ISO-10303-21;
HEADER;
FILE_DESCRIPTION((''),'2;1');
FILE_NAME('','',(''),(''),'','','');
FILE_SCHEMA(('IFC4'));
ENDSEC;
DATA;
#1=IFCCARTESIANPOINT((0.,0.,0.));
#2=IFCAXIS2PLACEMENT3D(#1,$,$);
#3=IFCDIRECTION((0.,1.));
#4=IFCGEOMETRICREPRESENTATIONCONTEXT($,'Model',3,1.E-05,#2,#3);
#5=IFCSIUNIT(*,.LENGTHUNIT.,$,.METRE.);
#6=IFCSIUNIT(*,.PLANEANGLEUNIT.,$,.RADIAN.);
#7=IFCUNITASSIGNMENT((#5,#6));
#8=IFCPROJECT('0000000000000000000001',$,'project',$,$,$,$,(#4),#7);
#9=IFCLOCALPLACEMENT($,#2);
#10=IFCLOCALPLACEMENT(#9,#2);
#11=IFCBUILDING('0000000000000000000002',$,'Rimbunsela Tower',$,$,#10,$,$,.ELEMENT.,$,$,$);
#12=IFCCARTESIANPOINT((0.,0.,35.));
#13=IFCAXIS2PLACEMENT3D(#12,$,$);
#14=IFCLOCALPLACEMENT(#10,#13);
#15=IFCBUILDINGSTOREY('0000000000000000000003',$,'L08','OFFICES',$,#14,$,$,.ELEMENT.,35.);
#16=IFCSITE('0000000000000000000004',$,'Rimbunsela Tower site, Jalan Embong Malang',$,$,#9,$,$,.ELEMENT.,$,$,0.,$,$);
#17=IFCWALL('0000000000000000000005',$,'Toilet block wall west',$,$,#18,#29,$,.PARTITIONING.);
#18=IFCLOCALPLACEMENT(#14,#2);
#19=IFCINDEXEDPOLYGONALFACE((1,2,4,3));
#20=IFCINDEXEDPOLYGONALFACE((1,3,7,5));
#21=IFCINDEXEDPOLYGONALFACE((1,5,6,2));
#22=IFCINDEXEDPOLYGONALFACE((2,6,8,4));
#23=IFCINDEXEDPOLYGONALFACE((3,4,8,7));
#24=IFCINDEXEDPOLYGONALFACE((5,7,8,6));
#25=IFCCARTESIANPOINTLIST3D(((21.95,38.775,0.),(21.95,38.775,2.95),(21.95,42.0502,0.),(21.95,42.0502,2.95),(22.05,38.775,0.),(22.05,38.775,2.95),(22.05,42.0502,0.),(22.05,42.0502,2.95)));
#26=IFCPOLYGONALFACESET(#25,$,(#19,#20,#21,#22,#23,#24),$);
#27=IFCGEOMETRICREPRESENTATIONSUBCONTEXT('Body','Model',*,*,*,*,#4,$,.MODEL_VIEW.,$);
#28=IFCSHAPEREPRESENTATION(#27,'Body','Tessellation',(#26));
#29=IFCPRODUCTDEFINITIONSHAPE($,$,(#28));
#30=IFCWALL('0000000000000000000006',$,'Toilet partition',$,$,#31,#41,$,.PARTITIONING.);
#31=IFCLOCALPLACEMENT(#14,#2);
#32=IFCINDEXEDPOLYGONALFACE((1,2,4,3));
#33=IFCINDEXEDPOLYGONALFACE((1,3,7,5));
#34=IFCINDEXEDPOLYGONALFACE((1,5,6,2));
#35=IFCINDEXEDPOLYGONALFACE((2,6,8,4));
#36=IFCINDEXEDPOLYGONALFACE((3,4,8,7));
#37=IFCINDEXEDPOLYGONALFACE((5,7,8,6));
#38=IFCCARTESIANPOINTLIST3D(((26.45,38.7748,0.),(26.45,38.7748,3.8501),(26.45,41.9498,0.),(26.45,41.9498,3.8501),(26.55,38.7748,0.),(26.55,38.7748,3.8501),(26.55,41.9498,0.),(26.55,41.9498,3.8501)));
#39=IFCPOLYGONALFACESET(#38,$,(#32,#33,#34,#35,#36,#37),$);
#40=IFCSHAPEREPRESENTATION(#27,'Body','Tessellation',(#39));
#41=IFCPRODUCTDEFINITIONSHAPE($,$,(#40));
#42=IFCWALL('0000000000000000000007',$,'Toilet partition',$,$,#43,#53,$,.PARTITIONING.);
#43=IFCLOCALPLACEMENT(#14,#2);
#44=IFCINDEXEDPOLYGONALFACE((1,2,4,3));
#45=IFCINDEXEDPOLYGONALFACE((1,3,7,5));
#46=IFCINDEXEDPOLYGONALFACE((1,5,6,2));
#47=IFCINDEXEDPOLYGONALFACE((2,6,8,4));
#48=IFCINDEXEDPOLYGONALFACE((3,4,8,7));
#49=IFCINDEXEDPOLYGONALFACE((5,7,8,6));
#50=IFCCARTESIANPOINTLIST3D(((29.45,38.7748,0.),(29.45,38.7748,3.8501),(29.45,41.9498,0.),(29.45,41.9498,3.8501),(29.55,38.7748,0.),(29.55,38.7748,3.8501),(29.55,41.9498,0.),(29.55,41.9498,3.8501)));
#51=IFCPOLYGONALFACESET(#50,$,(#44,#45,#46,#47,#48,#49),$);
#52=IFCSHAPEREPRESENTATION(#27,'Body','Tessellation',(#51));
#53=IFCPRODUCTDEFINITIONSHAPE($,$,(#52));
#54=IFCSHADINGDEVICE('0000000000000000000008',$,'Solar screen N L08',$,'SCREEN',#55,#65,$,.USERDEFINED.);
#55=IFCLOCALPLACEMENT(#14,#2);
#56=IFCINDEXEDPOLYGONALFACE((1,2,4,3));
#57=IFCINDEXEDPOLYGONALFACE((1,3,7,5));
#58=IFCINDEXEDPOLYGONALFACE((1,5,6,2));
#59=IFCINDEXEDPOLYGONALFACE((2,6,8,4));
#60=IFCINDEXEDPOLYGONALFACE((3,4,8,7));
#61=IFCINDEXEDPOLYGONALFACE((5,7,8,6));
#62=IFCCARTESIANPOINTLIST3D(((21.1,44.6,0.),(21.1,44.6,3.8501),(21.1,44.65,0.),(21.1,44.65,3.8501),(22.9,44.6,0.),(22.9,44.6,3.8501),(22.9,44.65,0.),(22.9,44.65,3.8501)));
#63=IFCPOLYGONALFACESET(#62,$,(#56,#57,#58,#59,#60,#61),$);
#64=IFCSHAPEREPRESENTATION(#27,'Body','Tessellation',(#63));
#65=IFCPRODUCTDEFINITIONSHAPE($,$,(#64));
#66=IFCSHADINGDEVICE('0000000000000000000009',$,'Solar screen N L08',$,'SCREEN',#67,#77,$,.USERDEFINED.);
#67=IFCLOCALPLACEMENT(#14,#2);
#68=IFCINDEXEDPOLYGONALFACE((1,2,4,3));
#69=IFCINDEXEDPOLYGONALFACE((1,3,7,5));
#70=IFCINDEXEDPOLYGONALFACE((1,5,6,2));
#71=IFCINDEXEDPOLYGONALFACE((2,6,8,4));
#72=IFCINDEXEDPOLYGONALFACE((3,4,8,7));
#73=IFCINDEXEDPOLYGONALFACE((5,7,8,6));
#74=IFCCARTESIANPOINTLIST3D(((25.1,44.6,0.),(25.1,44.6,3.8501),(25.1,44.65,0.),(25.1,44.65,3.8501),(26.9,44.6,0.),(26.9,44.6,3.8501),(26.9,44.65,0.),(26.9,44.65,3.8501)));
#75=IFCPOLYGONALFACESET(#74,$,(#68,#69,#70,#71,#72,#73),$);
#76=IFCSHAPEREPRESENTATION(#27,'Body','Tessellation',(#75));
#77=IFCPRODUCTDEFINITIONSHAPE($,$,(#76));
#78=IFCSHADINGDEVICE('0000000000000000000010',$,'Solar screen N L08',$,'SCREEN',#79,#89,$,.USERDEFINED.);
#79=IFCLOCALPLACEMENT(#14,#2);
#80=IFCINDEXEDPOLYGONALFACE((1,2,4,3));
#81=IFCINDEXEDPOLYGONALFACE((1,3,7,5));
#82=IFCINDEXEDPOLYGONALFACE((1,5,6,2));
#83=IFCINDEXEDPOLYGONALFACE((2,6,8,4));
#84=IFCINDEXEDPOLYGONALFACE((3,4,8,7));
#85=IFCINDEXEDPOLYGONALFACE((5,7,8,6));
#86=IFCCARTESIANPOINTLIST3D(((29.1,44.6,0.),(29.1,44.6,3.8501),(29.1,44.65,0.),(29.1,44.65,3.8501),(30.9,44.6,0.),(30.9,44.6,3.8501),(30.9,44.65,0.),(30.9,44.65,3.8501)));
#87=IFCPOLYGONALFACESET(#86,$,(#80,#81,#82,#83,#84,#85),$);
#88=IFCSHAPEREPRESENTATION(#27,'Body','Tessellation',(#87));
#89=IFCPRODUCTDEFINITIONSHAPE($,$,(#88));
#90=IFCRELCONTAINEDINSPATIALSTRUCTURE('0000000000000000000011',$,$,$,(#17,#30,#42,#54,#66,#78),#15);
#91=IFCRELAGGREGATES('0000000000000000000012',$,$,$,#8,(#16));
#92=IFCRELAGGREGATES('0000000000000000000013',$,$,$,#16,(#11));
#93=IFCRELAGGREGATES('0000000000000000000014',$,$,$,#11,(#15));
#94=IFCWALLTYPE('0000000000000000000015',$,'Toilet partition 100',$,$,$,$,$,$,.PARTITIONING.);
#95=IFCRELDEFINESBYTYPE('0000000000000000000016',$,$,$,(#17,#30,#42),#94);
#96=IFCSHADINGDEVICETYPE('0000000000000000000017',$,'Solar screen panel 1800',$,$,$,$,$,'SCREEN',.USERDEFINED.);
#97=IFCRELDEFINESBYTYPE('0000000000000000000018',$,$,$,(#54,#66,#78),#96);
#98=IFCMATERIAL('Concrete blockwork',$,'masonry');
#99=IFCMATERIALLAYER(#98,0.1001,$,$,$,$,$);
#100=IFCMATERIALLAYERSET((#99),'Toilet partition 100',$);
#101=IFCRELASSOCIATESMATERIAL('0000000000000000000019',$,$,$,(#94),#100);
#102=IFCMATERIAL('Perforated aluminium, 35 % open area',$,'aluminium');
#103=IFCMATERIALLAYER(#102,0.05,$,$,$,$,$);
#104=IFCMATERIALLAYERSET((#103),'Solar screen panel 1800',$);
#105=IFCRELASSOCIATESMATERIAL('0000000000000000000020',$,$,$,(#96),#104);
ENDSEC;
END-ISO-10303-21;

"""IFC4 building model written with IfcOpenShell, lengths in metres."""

from ifc_helpers import new_model, si_unit, direction, frame, frame_2d, origin, origin_2d, place, context, subcontext, project, spatial, rectangle, extrude, material, layer, layer_set, type_object, element, save


model = new_model("IFC4")

# Units and contexts
model_context = context("Model", 3, precision=1e-05, world=origin(), true_north=direction((0.0, 1.0)))
body_context = subcontext(model_context, "Body", "Model", "MODEL_VIEW")
ifc_project = project(units=[si_unit("LENGTHUNIT", "METRE"), si_unit("PLANEANGLEUNIT", "RADIAN")], contexts=[model_context])

# Site, building, storey
site_placement = place(None, origin())
site = spatial("IfcSite", under=ifc_project, at=site_placement, Name="Rimbunsela Tower site, Jalan Embong Malang", CompositionType="ELEMENT", RefElevation=0.0)
building_placement = place(site_placement, origin())
building = spatial("IfcBuilding", under=site, at=building_placement, Name="Rimbunsela Tower", CompositionType="ELEMENT")
storey_placement = place(building_placement, frame((0.0, 0.0, 35.0)))
storey = spatial("IfcBuildingStorey", under=building, at=storey_placement, Name="L08", Description="OFFICES", CompositionType="ELEMENT", Elevation=35.0)

# Walls
ifc_material_1 = material(Name="Concrete blockwork", Category="masonry")
ifc_layer_1 = layer(ifc_material_1, 0.1001)
ifc_layer_set_1 = layer_set([ifc_layer_1], Name="Toilet partition 100")
wall_type_1 = type_object("IfcWallType", Name="Toilet partition 100", PredefinedType="PARTITIONING", material=ifc_layer_set_1)
wall_1_placement = place(storey_placement, frame((22.0, 38.7749, 0.0), z_axis=(0.0, 0.0, 1.0), x_axis=(0.0, 1.0, 0.0)))
element("IfcWall", 1, at=wall_1_placement, inside=storey, type_object=wall_type_1, Name="Toilet block wall west", PredefinedType="PARTITIONING", context=body_context, shape_type="SweptSolid", body=[
    extrude(rectangle(XDim=3.2751, YDim=0.1001, at=frame_2d((1.6377, 0.0))), origin(), (0.0, 0.0, 1.0), 2.95),
])
for number, where, z_axis, x_axis, name in (
    (2, (26.5, 38.7749, 0.0), (0.0, 0.0, 1.0), (0.0, 1.0, 0.0), "Toilet partition"),
    (3, (29.5, 38.7749, 0.0), (0.0, 0.0, 1.0), (0.0, 1.0, 0.0), "Toilet partition"),
):
    element("IfcWall", number, at=place(storey_placement, frame(where, z_axis=z_axis, x_axis=x_axis)), inside=storey, type_object=wall_type_1, Name=name, PredefinedType="PARTITIONING", context=body_context, shape_type="SweptSolid", body=[
        extrude(rectangle(XDim=3.175, YDim=0.1001, at=frame_2d((1.5874, 0.0))), origin(), (0.0, 0.0, 1.0), 3.8501),
    ])

# Shading devices
ifc_material_2 = material(Name="Perforated aluminium, 35 % open area", Category="aluminium")
ifc_layer_2 = layer(ifc_material_2, 0.05)
ifc_layer_set_2 = layer_set([ifc_layer_2], Name="Solar screen panel 1800")
shading_device_type = type_object("IfcShadingDeviceType", Name="Solar screen panel 1800", ElementType="SCREEN", PredefinedType="USERDEFINED", material=ifc_layer_set_2)
for number, where, z_axis, x_axis, name in (
    (4, (22.0, 44.625, 0.0), (0.0, 0.0, 1.0), (1.0, 0.0, 0.0), "Solar screen N L08"),
    (5, (26.0, 44.625, 0.0), (0.0, 0.0, 1.0), (1.0, 0.0, 0.0), "Solar screen N L08"),
    (6, (30.0, 44.625, 0.0), (0.0, 0.0, 1.0), (1.0, 0.0, 0.0), "Solar screen N L08"),
):
    element("IfcShadingDevice", number, at=place(storey_placement, frame(where, z_axis=z_axis, x_axis=x_axis)), inside=storey, type_object=shading_device_type, Name=name, ObjectType="SCREEN", PredefinedType="USERDEFINED", context=body_context, shape_type="SweptSolid", body=[
        extrude(rectangle(XDim=1.8, YDim=0.05, at=origin_2d()), origin(), (0.0, 0.0, 1.0), 3.8501),
    ])

save(model, "model.ifc")
